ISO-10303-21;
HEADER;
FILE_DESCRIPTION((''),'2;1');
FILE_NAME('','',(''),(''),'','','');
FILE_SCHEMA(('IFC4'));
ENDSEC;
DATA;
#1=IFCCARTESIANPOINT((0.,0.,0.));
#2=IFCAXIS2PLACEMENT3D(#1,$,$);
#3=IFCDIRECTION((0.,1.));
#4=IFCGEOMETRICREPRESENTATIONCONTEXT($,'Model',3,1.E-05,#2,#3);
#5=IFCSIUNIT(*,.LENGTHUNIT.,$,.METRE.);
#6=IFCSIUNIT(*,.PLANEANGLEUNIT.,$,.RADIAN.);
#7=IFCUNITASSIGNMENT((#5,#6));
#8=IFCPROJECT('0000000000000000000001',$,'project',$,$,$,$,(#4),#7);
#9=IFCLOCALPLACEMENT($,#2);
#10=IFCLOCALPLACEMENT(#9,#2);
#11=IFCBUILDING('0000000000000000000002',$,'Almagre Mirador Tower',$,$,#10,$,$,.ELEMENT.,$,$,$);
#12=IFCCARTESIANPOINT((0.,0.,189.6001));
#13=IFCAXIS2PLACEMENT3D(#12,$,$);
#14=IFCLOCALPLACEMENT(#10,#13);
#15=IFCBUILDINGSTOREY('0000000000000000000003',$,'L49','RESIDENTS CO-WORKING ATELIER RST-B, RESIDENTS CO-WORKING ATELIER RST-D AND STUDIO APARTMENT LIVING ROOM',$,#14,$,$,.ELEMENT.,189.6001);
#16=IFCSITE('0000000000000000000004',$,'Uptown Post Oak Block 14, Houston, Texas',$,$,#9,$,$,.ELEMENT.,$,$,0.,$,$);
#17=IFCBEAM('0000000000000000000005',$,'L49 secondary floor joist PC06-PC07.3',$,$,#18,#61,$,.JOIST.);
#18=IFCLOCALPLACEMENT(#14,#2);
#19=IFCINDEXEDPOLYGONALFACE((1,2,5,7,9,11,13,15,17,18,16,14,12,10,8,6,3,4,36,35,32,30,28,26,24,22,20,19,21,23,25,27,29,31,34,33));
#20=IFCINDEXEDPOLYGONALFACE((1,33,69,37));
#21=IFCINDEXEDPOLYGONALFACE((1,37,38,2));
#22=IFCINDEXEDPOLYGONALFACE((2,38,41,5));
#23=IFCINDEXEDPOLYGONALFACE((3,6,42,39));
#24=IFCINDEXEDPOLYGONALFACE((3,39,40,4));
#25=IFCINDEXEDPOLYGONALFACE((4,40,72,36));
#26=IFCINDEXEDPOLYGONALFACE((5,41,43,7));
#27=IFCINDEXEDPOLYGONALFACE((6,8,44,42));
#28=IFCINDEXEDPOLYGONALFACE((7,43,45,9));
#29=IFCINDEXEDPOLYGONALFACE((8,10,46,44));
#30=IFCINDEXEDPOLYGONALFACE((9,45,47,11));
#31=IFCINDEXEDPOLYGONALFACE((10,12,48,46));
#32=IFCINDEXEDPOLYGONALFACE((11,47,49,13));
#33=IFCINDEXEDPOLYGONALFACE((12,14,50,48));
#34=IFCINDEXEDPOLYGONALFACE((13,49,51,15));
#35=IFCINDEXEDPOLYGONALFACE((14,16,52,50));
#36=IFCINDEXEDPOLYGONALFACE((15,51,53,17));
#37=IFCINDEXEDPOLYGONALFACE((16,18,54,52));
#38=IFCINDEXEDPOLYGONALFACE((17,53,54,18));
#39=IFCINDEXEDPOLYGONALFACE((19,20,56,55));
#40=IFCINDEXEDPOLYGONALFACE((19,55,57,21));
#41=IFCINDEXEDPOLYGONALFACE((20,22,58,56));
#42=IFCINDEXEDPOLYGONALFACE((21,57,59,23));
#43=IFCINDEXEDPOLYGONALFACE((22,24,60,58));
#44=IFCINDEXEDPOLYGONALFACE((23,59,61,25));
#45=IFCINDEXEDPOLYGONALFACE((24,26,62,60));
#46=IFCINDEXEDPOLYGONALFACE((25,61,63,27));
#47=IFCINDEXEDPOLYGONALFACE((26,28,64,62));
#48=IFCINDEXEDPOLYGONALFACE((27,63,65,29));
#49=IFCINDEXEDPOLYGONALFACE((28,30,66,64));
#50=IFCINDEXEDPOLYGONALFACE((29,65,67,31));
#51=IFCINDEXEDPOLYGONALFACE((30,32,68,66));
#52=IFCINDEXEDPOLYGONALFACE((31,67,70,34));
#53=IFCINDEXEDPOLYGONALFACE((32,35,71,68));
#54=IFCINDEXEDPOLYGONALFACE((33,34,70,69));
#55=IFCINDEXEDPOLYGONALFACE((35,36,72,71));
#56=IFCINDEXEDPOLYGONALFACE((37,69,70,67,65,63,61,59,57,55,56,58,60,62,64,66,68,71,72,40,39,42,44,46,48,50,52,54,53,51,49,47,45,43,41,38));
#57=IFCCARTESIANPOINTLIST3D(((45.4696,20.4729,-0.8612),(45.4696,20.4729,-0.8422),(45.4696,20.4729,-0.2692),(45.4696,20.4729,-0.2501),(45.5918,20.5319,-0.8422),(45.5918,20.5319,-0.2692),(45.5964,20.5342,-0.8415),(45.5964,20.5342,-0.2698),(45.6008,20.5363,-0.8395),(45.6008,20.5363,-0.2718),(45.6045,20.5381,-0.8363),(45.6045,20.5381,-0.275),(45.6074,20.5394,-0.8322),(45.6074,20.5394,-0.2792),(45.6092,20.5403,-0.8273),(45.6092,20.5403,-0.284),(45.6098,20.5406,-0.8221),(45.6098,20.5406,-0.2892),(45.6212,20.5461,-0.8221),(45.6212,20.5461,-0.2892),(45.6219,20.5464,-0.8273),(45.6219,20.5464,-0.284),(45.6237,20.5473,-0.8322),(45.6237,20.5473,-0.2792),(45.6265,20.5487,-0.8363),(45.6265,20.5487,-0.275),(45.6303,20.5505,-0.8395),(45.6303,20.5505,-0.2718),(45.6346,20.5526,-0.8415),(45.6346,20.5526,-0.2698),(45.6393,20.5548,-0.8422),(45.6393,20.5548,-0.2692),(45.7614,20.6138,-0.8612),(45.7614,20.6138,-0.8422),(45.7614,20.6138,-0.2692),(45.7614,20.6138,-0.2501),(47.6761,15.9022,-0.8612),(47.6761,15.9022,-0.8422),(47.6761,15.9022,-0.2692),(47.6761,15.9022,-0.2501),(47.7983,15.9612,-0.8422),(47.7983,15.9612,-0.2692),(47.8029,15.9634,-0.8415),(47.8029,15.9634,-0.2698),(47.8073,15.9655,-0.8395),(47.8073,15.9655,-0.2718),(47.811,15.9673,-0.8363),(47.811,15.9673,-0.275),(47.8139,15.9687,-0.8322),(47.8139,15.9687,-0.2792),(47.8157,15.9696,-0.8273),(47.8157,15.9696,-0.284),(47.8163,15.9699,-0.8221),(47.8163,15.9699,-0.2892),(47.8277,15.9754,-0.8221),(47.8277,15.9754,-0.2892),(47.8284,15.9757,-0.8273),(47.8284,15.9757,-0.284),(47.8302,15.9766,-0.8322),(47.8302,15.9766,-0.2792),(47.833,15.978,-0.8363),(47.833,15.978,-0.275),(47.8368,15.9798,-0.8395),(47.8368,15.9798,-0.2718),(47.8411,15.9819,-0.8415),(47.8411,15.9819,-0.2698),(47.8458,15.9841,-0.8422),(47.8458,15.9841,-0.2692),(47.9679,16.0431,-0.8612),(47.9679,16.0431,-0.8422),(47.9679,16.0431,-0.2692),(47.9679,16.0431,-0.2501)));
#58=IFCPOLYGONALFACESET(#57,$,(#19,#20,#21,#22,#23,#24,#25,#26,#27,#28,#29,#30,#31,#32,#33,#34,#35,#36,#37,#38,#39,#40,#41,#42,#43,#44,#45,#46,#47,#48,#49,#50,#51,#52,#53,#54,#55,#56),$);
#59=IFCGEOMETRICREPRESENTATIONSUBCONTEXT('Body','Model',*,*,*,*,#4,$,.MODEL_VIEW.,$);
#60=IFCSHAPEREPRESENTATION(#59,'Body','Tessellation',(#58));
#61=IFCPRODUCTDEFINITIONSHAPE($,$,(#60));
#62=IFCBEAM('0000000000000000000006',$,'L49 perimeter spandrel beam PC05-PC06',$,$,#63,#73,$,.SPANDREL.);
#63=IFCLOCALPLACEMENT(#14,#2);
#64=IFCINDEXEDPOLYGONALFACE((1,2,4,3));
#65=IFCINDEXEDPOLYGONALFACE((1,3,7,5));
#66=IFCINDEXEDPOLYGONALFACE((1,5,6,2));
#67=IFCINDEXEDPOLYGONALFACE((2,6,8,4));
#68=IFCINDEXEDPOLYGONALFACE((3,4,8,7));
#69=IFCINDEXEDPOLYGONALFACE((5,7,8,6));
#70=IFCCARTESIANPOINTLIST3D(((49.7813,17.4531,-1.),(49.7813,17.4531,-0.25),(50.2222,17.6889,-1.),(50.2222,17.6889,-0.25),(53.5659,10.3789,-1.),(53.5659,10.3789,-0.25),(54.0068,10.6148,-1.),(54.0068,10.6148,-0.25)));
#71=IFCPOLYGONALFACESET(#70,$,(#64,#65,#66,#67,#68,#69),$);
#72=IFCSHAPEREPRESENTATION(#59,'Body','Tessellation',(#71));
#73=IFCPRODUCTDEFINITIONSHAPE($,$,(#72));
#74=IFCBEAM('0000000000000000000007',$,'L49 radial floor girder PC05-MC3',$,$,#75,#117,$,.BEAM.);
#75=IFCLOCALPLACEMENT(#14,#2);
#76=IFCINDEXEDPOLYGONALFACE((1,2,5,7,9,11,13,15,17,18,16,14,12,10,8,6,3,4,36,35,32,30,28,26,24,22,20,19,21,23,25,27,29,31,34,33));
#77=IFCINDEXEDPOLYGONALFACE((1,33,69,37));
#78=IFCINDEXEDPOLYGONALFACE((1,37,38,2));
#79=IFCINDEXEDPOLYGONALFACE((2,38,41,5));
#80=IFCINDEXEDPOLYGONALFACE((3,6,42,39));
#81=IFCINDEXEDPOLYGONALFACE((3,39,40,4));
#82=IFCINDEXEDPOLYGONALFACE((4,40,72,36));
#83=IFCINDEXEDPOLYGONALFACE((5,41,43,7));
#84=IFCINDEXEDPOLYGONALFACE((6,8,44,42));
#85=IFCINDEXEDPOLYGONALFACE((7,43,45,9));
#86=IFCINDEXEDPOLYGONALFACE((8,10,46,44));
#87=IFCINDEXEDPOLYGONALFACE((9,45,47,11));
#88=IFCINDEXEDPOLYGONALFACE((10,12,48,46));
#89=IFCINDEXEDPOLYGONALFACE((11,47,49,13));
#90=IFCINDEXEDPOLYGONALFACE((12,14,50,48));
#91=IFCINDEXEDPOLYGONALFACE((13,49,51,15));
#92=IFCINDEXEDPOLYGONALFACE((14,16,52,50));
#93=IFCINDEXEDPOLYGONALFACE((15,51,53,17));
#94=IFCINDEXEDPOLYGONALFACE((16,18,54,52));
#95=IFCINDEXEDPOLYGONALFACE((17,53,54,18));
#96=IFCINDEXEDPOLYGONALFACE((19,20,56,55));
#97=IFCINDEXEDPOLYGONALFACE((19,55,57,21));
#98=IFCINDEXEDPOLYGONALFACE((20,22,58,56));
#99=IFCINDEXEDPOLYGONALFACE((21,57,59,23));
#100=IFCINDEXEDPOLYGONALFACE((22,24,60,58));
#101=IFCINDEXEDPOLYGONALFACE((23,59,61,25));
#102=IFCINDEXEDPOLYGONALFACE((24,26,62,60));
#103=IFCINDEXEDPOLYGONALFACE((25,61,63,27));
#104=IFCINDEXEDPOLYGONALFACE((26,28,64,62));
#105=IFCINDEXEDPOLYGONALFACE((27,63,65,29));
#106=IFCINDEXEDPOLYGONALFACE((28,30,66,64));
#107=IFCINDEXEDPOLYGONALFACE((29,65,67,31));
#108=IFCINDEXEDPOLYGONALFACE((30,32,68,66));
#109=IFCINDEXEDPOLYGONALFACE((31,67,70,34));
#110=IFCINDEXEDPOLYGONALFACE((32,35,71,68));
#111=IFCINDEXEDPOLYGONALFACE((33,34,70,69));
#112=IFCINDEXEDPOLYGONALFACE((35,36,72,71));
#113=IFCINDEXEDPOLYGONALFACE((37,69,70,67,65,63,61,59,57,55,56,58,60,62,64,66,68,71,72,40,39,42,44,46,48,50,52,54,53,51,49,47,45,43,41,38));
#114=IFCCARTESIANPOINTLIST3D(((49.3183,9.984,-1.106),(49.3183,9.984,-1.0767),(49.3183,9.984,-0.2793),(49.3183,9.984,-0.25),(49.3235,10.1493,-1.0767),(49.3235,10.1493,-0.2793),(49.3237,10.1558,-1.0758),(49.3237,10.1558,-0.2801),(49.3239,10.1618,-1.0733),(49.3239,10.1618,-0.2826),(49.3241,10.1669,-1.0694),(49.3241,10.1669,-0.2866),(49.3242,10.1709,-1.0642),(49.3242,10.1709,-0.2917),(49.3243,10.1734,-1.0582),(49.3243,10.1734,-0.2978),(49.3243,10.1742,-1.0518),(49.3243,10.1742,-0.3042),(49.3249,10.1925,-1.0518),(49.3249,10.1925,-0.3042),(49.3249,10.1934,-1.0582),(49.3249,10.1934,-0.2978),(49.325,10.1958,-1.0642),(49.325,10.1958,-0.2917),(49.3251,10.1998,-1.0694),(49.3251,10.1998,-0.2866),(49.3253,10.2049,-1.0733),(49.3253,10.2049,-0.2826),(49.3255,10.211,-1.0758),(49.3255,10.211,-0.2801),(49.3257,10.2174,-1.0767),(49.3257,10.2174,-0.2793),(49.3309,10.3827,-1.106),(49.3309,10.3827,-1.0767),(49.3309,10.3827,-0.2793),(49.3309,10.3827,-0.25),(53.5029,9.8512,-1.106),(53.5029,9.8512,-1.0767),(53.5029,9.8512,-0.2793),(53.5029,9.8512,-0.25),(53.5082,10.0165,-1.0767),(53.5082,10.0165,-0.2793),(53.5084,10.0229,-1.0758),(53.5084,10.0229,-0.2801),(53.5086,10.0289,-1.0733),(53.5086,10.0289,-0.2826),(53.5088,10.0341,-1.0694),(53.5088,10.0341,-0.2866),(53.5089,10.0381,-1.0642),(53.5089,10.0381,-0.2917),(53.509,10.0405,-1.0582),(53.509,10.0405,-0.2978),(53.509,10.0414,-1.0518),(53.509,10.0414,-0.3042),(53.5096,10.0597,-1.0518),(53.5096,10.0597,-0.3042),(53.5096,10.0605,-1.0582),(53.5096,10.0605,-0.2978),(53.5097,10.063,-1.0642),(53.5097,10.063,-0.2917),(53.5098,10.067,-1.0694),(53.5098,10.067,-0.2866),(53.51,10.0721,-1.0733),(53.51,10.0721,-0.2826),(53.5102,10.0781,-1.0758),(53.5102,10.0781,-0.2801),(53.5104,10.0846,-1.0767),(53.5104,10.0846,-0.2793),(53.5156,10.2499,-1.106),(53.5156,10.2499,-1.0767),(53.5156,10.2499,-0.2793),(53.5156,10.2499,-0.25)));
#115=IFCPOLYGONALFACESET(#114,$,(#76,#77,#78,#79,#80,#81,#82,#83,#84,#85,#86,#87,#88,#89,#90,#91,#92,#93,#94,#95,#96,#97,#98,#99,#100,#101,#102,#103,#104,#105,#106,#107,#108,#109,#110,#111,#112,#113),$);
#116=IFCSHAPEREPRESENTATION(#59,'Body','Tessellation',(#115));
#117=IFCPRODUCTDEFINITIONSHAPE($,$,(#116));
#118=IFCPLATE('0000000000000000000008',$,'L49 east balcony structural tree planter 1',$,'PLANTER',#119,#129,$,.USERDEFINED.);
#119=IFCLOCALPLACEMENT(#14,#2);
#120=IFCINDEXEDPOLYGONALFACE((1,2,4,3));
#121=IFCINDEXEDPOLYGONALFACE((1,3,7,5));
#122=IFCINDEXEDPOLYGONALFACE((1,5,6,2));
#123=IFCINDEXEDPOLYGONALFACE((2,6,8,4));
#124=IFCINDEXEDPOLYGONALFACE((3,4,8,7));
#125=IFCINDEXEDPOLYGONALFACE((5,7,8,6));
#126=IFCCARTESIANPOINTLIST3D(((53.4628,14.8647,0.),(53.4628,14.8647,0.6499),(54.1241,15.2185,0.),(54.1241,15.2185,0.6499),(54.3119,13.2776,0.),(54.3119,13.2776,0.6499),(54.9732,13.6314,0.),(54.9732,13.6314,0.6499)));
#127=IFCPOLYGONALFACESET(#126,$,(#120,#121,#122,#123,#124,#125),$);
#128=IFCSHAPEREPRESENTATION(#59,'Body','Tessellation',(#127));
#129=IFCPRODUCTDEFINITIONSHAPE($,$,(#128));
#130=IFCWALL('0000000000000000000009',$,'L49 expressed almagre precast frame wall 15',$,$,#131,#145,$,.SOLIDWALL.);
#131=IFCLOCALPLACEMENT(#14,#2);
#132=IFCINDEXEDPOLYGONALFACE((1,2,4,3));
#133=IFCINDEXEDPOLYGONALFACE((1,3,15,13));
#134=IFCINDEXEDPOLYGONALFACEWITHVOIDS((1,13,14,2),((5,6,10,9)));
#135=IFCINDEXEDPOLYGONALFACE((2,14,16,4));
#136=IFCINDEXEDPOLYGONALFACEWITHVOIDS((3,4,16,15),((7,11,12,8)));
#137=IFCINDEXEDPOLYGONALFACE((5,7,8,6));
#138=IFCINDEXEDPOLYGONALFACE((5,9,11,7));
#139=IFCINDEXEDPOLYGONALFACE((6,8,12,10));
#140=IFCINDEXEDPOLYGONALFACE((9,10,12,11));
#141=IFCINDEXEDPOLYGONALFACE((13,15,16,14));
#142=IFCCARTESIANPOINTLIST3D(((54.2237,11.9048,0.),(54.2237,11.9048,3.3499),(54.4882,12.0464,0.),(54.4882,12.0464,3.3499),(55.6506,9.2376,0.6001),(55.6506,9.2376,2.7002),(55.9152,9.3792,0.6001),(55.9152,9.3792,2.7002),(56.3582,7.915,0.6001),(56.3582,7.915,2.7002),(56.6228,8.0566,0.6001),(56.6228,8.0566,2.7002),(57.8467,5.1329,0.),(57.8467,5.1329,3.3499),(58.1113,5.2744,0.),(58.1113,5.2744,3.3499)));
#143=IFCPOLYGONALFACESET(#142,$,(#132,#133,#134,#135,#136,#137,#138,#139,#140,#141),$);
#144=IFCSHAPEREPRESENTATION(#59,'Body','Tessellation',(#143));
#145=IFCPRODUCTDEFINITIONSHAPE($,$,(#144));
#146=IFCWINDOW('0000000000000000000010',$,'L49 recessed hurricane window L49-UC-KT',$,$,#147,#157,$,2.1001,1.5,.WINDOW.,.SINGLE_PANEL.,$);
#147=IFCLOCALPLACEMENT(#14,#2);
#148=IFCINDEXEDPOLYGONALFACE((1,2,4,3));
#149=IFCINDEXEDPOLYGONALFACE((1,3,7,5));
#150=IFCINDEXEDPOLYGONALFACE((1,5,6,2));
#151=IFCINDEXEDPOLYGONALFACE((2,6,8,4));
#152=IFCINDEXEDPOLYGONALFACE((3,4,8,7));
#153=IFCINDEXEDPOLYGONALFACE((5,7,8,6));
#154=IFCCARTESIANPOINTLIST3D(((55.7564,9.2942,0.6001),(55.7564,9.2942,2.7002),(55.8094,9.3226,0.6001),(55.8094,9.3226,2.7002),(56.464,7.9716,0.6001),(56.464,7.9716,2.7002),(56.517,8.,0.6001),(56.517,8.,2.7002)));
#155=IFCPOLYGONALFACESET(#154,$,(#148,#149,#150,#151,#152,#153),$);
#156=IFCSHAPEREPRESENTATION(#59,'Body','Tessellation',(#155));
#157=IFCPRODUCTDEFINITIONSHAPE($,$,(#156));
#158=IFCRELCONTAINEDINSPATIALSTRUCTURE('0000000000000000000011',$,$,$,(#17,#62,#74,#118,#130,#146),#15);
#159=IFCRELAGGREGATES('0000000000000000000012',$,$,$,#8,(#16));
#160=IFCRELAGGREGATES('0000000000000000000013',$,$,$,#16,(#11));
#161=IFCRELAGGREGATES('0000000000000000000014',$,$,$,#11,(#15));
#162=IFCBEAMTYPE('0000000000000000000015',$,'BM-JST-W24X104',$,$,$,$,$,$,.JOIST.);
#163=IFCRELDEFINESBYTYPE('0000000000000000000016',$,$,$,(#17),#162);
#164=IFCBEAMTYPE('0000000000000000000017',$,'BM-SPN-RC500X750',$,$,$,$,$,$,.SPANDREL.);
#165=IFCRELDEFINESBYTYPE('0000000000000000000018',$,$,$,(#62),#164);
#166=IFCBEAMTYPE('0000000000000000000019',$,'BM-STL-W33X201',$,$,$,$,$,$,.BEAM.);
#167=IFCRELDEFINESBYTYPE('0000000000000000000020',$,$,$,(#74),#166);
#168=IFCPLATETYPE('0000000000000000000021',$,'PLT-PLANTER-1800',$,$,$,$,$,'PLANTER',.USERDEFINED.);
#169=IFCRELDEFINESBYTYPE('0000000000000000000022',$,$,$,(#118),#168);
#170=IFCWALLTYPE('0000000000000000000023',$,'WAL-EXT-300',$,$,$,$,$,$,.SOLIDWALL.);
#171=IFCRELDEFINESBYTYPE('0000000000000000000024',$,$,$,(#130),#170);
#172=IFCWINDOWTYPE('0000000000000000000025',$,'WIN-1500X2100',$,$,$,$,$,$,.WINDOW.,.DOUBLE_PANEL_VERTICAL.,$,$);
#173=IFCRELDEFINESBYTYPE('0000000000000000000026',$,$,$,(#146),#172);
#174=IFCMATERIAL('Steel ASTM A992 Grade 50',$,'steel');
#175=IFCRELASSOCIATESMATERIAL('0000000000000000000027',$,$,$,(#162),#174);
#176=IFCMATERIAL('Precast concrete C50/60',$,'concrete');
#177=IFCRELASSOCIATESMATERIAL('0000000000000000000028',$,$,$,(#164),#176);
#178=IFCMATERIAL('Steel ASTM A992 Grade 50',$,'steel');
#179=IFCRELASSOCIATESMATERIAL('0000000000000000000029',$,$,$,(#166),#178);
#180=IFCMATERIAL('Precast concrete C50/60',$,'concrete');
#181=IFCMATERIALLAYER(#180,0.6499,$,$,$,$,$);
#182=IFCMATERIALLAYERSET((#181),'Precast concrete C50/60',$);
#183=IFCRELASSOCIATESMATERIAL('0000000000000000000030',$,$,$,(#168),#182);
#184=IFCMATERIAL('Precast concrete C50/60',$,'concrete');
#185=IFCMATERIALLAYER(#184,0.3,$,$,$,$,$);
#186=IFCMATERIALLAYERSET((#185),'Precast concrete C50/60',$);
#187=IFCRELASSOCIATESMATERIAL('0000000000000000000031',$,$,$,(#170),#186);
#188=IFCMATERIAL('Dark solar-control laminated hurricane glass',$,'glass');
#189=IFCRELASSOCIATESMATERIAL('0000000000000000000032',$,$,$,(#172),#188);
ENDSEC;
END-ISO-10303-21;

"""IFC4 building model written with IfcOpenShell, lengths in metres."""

from ifc_helpers import new_model, si_unit, direction, frame, frame_2d, origin, origin_2d, place, context, subcontext, project, spatial, rectangle, i_section, extrude, material, layer, layer_set, material_profile, profile_set, type_object, element, fill, save


model = new_model("IFC4")

# Units and contexts
model_context = context("Model", 3, precision=1e-05, world=origin(), true_north=direction((0.0, 1.0)))
body_context = subcontext(model_context, "Body", "Model", "MODEL_VIEW")
ifc_project = project(units=[si_unit("LENGTHUNIT", "METRE"), si_unit("PLANEANGLEUNIT", "RADIAN")], contexts=[model_context])

# Site, building, storey
site_placement = place(None, origin())
site = spatial("IfcSite", under=ifc_project, at=site_placement, Name="Uptown Post Oak Block 14, Houston, Texas", CompositionType="ELEMENT", RefElevation=0.0)
building_placement = place(site_placement, origin())
building = spatial("IfcBuilding", under=site, at=building_placement, Name="Almagre Mirador Tower", CompositionType="ELEMENT")
storey_placement = place(building_placement, frame((0.0, 0.0, 189.6001)))
storey = spatial("IfcBuildingStorey", under=building, at=storey_placement, Name="L49", Description="RESIDENTS CO-WORKING ATELIER RST-B, RESIDENTS CO-WORKING ATELIER RST-D AND STUDIO APARTMENT LIVING ROOM", CompositionType="ELEMENT", Elevation=189.6001)

# Beams
ifc_material_1 = material(Name="Steel ASTM A992 Grade 50", Category="steel")
ifc_material_profile_1 = material_profile(ifc_material_1, i_section(OverallWidth=0.324, OverallDepth=0.6111, WebThickness=0.0127, FlangeThickness=0.019, FilletRadius=0.02, at=origin_2d()), Name="W24X104")
ifc_profile_set_1 = profile_set([ifc_material_profile_1], Name="Steel ASTM A992 Grade 50")
beam_type_1 = type_object("IfcBeamType", Name="BM-JST-W24X104", PredefinedType="JOIST", material=ifc_profile_set_1)
beam_1_placement = place(storey_placement, frame((47.822, 15.9727, -0.5557), z_axis=(-0.434741, 0.900556, 0.0), x_axis=(-0.900556, -0.434741, 0.0)))
element("IfcBeam", 1, at=beam_1_placement, inside=storey, type_object=beam_type_1, Name="L49 secondary floor joist PC06-PC07.3", PredefinedType="JOIST", context=body_context, shape_type="SweptSolid", body=[
    extrude(i_section(OverallWidth=0.324, OverallDepth=0.6111, WebThickness=0.0127, FlangeThickness=0.019, FilletRadius=0.02, at=origin_2d()), origin(), (0.0, 0.0, 1.0), 5.0754),
])
ifc_material_2 = material(Name="Precast concrete C50/60", Category="concrete")
ifc_material_profile_2 = material_profile(ifc_material_2, rectangle(XDim=0.5, YDim=0.75, at=origin_2d()), Name="RC500X750")
ifc_profile_set_2 = profile_set([ifc_material_profile_2], Name="Precast concrete C50/60")
beam_type_2 = type_object("IfcBeamType", Name="BM-SPN-RC500X750", PredefinedType="SPANDREL", material=ifc_profile_set_2)
beam_2_placement = place(storey_placement, frame((53.7864, 10.4968, -0.625), z_axis=(-0.471728, 0.881744, 0.0), x_axis=(-0.881744, -0.471728, 0.0)))
element("IfcBeam", 2, at=beam_2_placement, inside=storey, type_object=beam_type_2, Name="L49 perimeter spandrel beam PC05-PC06", PredefinedType="SPANDREL", context=body_context, shape_type="SweptSolid", body=[
    extrude(rectangle(XDim=0.5, YDim=0.75, at=origin_2d()), origin(), (0.0, 0.0, 1.0), 8.0229),
])
ifc_material_3 = material(Name="Steel ASTM A992 Grade 50", Category="steel")
ifc_material_profile_3 = material_profile(ifc_material_3, i_section(OverallWidth=0.3989, OverallDepth=0.856, WebThickness=0.0183, FlangeThickness=0.0293, FilletRadius=0.0249, at=origin_2d()), Name="W33X201")
ifc_profile_set_3 = profile_set([ifc_material_profile_3], Name="Steel ASTM A992 Grade 50")
beam_type_3 = type_object("IfcBeamType", Name="BM-STL-W33X201", PredefinedType="BEAM", material=ifc_profile_set_3)
beam_3_placement = place(storey_placement, frame((53.5093, 10.0505, -0.678), z_axis=(-0.999497, 0.031723, 0.0), x_axis=(-0.031723, -0.999497, 0.0)))
element("IfcBeam", 3, at=beam_3_placement, inside=storey, type_object=beam_type_3, Name="L49 radial floor girder PC05-MC3", PredefinedType="BEAM", context=body_context, shape_type="SweptSolid", body=[
    extrude(i_section(OverallWidth=0.3989, OverallDepth=0.856, WebThickness=0.0183, FlangeThickness=0.0293, FilletRadius=0.0249, at=origin_2d()), origin(), (0.0, 0.0, 1.0), 4.1868),
])

# Plate
ifc_material_4 = material(Name="Precast concrete C50/60", Category="concrete")
ifc_layer_1 = layer(ifc_material_4, 0.6499)
ifc_layer_set_1 = layer_set([ifc_layer_1], Name="Precast concrete C50/60")
plate_type = type_object("IfcPlateType", Name="PLT-PLANTER-1800", ElementType="PLANTER", PredefinedType="USERDEFINED", material=ifc_layer_set_1)
plate_placement = place(storey_placement, frame((54.218, 14.248, 0.0), z_axis=(0.0, 0.0, 1.0), x_axis=(-0.471735, 0.88174, 0.0)))
element("IfcPlate", 4, at=plate_placement, inside=storey, type_object=plate_type, Name="L49 east balcony structural tree planter 1", ObjectType="PLANTER", PredefinedType="USERDEFINED", context=body_context, shape_type="SweptSolid", body=[
    extrude(rectangle(XDim=1.8, YDim=0.75, at=origin_2d()), origin(), (0.0, 0.0, 1.0), 0.6499),
])

# Wall, opening, window
ifc_material_5 = material(Name="Precast concrete C50/60", Category="concrete")
ifc_layer_2 = layer(ifc_material_5, 0.3)
ifc_layer_set_2 = layer_set([ifc_layer_2], Name="Precast concrete C50/60")
wall_type_1 = type_object("IfcWallType", Name="WAL-EXT-300", PredefinedType="SOLIDWALL", material=ifc_layer_set_2)
wall_1_placement = place(storey_placement, frame((54.356, 11.9756, 0.0), z_axis=(0.0, 0.0, 1.0), x_axis=(0.471736, -0.88174, 0.0)))
wall_1 = element("IfcWall", 5, at=wall_1_placement, inside=storey, type_object=wall_type_1, Name="L49 expressed almagre precast frame wall 15", PredefinedType="SOLIDWALL", context=body_context, shape_type="SweptSolid", body=[
    extrude(rectangle(XDim=7.6802, YDim=0.3, at=frame_2d((3.8401, 0.0))), origin(), (0.0, 0.0, 1.0), 3.3499),
])
opening_1_placement = place(wall_1_placement, frame((3.0249, 0.0, 0.6001)))
opening_1 = element("IfcOpeningElement", 6, at=opening_1_placement, cuts=wall_1, PredefinedType="OPENING", context=body_context, shape_type="SweptSolid", body=[
    extrude(rectangle(XDim=1.5, YDim=2.1001, at=frame_2d((0.75, 1.05))), frame((0.0, 0.1599, 0.0), z_axis=(0.0, -1.0, 0.0), x_axis=(1.0, 0.0, 0.0)), (0.0, 0.0, 1.0), 0.32),
])
ifc_material_6 = material(Name="Dark solar-control laminated hurricane glass", Category="glass")
window_type = type_object("IfcWindowType", Name="WIN-1500X2100", PartitioningType="DOUBLE_PANEL_VERTICAL", PredefinedType="WINDOW", material=ifc_material_6)
window_placement = place(opening_1_placement, origin())
window = element("IfcWindow", 7, at=window_placement, inside=storey, type_object=window_type, Name="L49 recessed hurricane window L49-UC-KT", OverallHeight=2.1001, OverallWidth=1.5, PartitioningType="SINGLE_PANEL", PredefinedType="WINDOW", context=body_context, shape_type="SweptSolid", body=[
    extrude(rectangle(XDim=1.5, YDim=2.1001, at=frame_2d((0.75, 1.05))), frame((0.0, 0.03, 0.0), z_axis=(0.0, -1.0, 0.0), x_axis=(1.0, 0.0, 0.0)), (0.0, 0.0, 1.0), 0.0601),
])
fill(opening_1, window)

save(model, "model.ifc")
